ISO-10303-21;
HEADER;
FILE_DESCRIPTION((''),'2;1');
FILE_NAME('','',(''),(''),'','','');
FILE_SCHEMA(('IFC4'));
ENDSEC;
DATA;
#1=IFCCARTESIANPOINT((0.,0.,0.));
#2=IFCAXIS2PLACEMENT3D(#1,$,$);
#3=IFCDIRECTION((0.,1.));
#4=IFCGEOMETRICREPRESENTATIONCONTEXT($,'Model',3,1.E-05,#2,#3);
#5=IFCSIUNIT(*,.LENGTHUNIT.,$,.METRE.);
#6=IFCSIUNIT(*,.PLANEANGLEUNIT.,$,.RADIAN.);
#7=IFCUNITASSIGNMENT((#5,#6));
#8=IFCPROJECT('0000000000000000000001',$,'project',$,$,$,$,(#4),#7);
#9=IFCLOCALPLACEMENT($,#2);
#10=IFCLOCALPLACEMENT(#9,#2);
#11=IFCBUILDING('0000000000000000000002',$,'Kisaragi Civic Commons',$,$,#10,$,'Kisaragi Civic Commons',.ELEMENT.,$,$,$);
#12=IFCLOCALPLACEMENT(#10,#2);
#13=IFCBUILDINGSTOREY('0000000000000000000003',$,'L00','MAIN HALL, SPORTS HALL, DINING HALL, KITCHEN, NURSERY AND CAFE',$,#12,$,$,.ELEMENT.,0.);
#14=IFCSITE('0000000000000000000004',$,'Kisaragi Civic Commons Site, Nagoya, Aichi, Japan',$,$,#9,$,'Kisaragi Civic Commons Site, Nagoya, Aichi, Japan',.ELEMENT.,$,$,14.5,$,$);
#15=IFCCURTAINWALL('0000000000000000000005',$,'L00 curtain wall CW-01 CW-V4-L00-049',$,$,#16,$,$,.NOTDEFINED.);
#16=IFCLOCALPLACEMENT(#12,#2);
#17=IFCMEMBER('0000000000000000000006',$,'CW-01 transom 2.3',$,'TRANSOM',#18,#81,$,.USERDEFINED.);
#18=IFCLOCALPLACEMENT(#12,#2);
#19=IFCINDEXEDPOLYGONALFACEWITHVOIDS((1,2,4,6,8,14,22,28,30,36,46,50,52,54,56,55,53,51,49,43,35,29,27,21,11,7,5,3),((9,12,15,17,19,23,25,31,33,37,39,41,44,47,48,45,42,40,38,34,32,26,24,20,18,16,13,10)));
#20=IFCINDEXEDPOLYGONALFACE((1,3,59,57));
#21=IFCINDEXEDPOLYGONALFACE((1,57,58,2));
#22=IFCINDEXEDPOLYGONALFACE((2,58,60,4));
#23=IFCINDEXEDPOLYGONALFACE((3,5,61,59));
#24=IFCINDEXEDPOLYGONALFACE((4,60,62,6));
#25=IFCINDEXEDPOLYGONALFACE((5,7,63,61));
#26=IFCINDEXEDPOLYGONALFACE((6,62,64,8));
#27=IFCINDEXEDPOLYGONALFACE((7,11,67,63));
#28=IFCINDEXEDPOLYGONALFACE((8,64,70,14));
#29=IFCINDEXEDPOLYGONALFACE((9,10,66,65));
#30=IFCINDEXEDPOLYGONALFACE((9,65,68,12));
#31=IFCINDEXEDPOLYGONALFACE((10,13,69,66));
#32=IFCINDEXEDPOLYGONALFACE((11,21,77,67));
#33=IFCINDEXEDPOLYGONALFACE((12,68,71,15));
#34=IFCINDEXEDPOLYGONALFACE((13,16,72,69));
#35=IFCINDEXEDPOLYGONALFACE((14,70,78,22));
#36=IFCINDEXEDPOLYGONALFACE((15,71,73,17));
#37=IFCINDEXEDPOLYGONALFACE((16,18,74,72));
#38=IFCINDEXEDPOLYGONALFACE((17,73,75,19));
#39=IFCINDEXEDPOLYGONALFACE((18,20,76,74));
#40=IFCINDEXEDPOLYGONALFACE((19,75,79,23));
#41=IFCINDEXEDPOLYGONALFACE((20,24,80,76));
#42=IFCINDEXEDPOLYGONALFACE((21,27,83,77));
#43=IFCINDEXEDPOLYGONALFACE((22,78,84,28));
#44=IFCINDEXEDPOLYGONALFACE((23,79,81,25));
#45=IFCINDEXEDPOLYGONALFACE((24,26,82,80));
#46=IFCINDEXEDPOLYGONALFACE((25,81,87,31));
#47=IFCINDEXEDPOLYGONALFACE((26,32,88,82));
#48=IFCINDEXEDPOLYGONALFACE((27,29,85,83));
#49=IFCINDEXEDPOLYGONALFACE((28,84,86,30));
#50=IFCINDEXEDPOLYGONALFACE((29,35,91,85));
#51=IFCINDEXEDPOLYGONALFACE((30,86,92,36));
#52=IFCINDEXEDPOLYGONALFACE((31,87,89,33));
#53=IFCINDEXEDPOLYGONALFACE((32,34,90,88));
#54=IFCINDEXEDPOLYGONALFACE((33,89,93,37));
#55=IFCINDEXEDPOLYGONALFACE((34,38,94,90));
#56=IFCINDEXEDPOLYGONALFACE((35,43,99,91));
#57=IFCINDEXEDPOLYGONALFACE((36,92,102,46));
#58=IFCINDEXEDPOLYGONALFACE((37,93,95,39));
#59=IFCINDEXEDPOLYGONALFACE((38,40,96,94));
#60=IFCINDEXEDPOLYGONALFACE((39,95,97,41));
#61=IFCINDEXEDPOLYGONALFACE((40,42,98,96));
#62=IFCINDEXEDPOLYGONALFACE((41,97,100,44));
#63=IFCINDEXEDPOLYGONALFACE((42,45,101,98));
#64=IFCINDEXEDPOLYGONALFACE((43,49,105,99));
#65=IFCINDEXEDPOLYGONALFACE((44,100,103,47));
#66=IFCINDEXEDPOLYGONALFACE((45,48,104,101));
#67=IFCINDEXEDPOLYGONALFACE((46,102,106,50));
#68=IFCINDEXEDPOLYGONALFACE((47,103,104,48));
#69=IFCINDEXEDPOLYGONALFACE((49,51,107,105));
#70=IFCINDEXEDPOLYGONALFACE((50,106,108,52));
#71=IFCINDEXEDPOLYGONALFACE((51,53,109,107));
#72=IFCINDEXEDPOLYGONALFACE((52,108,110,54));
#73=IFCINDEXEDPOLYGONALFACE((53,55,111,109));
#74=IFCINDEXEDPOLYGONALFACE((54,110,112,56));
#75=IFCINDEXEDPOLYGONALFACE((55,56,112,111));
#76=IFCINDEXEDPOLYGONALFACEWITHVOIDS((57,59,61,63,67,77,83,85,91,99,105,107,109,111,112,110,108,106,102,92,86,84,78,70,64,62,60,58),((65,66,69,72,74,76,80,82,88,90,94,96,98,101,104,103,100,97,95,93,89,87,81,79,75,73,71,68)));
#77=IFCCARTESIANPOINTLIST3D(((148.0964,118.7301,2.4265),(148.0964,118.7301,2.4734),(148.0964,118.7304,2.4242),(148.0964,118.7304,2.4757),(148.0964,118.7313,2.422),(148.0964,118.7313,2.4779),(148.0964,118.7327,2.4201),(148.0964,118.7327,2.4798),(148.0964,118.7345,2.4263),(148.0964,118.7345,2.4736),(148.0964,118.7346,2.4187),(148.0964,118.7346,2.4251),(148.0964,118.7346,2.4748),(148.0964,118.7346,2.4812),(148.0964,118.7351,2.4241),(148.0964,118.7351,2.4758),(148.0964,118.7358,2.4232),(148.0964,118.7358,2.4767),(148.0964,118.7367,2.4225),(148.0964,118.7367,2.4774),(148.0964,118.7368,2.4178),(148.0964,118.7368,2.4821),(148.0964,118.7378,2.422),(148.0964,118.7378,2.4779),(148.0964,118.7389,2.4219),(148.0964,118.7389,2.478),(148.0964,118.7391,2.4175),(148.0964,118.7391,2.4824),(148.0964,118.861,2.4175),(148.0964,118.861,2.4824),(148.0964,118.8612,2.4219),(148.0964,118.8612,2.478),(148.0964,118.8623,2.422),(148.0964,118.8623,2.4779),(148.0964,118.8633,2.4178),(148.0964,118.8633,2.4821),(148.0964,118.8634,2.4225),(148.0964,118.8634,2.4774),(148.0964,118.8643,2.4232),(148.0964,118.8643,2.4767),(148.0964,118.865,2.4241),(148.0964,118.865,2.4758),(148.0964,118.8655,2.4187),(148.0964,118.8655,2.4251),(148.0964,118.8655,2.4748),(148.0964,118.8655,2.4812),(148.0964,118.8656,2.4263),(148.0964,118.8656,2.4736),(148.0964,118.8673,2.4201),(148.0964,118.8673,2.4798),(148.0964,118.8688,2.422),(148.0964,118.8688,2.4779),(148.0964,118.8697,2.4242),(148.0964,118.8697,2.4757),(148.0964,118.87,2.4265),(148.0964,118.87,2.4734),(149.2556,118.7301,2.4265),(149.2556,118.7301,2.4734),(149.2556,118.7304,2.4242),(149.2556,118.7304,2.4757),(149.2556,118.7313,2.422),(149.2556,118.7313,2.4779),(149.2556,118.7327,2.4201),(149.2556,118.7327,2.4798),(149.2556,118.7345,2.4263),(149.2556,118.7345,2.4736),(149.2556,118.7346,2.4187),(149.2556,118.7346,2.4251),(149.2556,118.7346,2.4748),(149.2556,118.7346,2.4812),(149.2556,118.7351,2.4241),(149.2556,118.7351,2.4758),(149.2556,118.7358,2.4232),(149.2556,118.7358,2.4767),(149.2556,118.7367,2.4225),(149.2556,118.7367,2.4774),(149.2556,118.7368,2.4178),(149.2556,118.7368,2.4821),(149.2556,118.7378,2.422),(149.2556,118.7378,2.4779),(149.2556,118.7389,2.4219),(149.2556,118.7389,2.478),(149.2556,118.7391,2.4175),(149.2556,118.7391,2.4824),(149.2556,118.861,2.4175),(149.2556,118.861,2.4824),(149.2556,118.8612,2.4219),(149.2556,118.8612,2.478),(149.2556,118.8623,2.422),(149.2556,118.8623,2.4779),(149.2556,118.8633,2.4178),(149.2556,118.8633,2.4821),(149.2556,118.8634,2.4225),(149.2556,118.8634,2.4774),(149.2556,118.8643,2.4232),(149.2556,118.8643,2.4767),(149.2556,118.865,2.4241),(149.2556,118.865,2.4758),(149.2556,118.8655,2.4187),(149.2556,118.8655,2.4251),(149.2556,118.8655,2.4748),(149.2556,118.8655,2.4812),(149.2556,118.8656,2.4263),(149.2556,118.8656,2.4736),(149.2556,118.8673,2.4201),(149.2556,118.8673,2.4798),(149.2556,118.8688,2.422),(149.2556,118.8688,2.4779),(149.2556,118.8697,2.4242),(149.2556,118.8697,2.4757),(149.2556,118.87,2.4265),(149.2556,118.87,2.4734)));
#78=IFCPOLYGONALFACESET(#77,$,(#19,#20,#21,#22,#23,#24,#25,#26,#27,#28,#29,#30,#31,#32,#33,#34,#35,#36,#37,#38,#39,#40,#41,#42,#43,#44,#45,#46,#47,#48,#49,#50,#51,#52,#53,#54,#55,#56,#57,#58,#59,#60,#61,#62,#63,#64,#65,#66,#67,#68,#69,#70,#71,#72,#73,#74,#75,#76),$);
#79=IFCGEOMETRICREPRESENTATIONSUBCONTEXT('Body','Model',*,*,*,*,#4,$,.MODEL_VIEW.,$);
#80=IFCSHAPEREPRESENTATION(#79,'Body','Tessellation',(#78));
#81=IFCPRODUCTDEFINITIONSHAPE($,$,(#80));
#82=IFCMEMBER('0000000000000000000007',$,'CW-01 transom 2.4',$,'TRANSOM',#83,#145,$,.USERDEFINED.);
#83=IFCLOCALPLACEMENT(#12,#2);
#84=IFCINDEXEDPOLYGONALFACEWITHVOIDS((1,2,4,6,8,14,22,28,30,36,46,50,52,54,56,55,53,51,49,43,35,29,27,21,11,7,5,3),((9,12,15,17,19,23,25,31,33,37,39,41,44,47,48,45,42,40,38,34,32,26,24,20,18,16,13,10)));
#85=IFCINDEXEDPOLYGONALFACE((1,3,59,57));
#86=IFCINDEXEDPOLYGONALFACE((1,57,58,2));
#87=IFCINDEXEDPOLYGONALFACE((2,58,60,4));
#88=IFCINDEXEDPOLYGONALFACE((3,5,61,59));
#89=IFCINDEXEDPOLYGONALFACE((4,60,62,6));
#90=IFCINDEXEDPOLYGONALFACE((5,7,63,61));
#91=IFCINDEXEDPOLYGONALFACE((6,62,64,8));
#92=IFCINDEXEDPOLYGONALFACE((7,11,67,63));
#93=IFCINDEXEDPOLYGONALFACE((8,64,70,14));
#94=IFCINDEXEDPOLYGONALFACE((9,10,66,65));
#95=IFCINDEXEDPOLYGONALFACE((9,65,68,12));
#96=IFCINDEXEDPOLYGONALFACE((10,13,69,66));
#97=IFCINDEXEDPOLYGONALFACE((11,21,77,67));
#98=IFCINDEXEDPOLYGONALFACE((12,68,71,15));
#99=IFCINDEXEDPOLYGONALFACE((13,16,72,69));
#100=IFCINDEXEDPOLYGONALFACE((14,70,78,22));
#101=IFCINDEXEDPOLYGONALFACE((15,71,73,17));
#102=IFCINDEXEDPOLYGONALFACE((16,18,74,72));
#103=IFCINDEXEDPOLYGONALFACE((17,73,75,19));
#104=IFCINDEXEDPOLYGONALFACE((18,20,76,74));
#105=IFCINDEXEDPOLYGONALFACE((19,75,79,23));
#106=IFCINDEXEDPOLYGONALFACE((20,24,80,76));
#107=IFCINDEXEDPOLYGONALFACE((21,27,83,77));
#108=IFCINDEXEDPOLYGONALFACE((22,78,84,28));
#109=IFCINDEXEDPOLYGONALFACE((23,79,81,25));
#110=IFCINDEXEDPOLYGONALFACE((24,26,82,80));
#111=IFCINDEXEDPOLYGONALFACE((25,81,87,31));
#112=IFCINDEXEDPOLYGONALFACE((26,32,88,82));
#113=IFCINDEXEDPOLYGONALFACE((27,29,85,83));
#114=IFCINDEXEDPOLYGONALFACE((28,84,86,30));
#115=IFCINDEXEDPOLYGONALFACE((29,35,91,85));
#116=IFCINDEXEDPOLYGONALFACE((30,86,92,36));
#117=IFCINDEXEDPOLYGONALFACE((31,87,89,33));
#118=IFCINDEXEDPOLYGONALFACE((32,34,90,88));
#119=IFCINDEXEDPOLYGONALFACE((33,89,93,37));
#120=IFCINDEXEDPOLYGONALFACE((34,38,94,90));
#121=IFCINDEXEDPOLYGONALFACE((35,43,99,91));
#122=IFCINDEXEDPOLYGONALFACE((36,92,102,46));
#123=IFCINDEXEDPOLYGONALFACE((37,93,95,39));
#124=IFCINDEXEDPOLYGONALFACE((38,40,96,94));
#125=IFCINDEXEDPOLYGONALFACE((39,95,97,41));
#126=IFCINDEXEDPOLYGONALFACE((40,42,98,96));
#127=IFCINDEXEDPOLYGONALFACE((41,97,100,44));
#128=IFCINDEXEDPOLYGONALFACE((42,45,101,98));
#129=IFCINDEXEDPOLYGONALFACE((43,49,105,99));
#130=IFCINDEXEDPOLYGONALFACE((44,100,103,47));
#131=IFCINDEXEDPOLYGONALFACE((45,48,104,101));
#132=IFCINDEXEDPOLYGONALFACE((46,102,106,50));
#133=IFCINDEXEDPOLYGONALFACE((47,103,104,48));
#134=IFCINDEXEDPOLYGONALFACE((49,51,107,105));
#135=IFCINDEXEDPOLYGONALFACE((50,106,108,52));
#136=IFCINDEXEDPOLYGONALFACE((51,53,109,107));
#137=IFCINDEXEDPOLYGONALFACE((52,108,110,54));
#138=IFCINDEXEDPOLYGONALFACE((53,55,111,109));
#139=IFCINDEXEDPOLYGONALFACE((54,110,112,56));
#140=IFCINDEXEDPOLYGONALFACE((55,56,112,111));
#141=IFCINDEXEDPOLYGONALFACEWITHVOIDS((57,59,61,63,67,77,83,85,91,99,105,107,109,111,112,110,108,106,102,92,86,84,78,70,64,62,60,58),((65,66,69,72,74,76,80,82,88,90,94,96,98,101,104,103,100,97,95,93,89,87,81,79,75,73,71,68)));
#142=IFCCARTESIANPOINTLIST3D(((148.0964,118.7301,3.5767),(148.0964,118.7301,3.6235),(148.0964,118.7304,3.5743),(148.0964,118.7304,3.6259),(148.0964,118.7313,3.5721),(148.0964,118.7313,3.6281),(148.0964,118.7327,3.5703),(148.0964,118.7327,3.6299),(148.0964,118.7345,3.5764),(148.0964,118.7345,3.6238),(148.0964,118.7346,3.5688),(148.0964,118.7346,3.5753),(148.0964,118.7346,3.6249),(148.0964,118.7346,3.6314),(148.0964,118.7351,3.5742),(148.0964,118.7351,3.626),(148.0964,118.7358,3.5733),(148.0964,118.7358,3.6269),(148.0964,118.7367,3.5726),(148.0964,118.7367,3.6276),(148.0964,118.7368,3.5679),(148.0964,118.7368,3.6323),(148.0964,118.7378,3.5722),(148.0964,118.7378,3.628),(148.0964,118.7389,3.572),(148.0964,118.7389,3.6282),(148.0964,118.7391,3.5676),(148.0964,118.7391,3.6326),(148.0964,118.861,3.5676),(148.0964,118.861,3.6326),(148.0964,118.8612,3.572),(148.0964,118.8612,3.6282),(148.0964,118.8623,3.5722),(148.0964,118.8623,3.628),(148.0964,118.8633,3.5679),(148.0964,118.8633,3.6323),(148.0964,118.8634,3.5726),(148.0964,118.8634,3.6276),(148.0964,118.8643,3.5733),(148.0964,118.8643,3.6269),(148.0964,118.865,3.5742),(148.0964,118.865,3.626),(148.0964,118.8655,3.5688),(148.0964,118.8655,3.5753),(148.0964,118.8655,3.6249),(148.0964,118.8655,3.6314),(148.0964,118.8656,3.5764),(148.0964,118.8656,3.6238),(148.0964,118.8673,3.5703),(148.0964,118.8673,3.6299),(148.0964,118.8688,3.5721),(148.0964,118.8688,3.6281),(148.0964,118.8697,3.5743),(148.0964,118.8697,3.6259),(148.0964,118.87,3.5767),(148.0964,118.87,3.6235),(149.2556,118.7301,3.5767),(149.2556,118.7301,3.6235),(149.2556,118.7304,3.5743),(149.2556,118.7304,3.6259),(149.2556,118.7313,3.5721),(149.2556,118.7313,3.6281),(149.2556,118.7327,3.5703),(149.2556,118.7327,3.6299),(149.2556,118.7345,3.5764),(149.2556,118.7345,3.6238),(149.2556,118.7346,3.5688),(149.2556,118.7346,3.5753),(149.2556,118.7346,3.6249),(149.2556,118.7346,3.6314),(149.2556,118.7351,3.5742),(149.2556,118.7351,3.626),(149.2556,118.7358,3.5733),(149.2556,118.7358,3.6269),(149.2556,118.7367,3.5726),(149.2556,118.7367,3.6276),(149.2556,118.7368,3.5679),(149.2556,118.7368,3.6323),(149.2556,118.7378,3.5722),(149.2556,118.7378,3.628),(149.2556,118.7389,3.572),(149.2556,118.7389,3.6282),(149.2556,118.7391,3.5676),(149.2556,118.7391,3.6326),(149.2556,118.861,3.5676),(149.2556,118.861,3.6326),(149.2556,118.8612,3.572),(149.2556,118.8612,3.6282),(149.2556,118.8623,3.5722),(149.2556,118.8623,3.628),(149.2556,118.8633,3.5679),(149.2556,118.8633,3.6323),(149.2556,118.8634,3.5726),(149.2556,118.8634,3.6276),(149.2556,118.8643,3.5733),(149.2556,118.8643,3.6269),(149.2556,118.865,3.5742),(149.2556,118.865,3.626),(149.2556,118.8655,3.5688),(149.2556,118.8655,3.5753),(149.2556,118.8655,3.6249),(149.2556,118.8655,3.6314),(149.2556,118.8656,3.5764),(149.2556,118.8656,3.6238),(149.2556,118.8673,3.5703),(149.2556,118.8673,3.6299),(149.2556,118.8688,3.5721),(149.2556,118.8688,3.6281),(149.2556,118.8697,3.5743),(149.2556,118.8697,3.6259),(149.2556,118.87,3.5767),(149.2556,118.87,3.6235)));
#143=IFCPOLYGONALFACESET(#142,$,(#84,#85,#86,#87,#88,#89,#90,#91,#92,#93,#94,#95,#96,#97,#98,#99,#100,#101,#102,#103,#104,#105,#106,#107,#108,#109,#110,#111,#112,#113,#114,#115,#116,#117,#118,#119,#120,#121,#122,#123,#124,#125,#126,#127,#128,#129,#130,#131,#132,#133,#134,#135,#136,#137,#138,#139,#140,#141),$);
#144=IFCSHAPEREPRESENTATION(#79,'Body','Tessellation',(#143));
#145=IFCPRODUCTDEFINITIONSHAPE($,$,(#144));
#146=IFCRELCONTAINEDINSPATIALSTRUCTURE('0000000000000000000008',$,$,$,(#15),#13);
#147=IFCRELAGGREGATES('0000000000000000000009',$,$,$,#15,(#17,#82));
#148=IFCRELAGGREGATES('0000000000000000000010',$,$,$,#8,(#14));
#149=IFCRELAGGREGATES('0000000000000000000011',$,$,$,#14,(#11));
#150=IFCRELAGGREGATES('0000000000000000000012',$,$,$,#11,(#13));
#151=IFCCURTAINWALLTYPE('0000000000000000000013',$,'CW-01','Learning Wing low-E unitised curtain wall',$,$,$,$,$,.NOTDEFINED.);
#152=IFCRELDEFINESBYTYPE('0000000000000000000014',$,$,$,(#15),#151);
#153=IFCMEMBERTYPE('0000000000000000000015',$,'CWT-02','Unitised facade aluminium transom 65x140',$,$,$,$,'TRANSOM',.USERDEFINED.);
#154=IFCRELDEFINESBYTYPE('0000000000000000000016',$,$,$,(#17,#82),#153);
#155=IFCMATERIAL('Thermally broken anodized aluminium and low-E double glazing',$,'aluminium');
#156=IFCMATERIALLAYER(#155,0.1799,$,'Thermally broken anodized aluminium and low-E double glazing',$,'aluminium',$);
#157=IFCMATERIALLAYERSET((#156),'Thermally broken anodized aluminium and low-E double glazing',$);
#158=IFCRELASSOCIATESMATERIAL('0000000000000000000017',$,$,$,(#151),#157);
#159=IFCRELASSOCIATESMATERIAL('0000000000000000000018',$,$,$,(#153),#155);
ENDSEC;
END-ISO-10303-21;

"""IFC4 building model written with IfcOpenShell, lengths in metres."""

from ifc_helpers import new_model, si_unit, direction, frame, origin, origin_2d, place, context, subcontext, project, spatial, hollow_rectangle, extrude, material, layer, layer_set, material_profile, profile_set, type_object, element, aggregate, save


model = new_model("IFC4")

# Units and contexts
model_context = context("Model", 3, precision=1e-05, world=origin(), true_north=direction((0.0, 1.0)))
body_context = subcontext(model_context, "Body", "Model", "MODEL_VIEW")
ifc_project = project(units=[si_unit("LENGTHUNIT", "METRE"), si_unit("PLANEANGLEUNIT", "RADIAN")], contexts=[model_context])

# Site, building, storey
site_placement = place(None, origin())
site = spatial("IfcSite", under=ifc_project, at=site_placement, Name="Kisaragi Civic Commons Site, Nagoya, Aichi, Japan", LongName="Kisaragi Civic Commons Site, Nagoya, Aichi, Japan", CompositionType="ELEMENT", RefElevation=14.5)
building_placement = place(site_placement, origin())
building = spatial("IfcBuilding", under=site, at=building_placement, Name="Kisaragi Civic Commons", LongName="Kisaragi Civic Commons", CompositionType="ELEMENT")
storey_placement = place(building_placement, origin())
storey = spatial("IfcBuildingStorey", under=building, at=storey_placement, Name="L00", Description="MAIN HALL, SPORTS HALL, DINING HALL, KITCHEN, NURSERY AND CAFE", CompositionType="ELEMENT", Elevation=0.0)

# Curtain wall, members
ifc_material_1 = material(Name="Thermally broken anodized aluminium and low-E double glazing", Category="aluminium")
ifc_layer_1 = layer(ifc_material_1, 0.1799, Name="Thermally broken anodized aluminium and low-E double glazing", Category="aluminium")
ifc_layer_set_1 = layer_set([ifc_layer_1], Name="Thermally broken anodized aluminium and low-E double glazing")
curtain_wall_type = type_object("IfcCurtainWallType", Name="CW-01", Description="Learning Wing low-E unitised curtain wall", PredefinedType="NOTDEFINED", material=ifc_layer_set_1)
curtain_wall_placement = place(storey_placement, origin())
curtain_wall = element("IfcCurtainWall", 1, at=curtain_wall_placement, inside=storey, type_object=curtain_wall_type, Name="L00 curtain wall CW-01 CW-V4-L00-049", PredefinedType="NOTDEFINED")
ifc_material_profile_1 = material_profile(ifc_material_1, hollow_rectangle(XDim=0.1399, YDim=0.0649, WallThickness=0.0044, InnerFilletRadius=0.0044, OuterFilletRadius=0.009, at=origin_2d()), Name="CWT-65x140x4.5", Category="aluminium")
ifc_profile_set_1 = profile_set([ifc_material_profile_1], Name="Thermally broken anodized aluminium and low-E double glazing")
member_type_1 = type_object("IfcMemberType", Name="CWT-02", Description="Unitised facade aluminium transom 65x140", ElementType="TRANSOM", PredefinedType="USERDEFINED", material=ifc_profile_set_1)
member_1_placement = place(storey_placement, frame((148.0964, 118.8, 2.45), z_axis=(1.0, 0.0, 0.0), x_axis=(0.0, 1.0, 0.0)))
member_1 = element("IfcMember", 2, at=member_1_placement, type_object=member_type_1, Name="CW-01 transom 2.3", ObjectType="TRANSOM", PredefinedType="USERDEFINED", context=body_context, shape_type="SweptSolid", body=[
    extrude(hollow_rectangle(XDim=0.1399, YDim=0.0649, WallThickness=0.0044, InnerFilletRadius=0.0044, OuterFilletRadius=0.009, at=origin_2d()), origin(), (0.0, 0.0, 1.0), 1.1592),
])
member_2_placement = place(storey_placement, frame((148.0964, 118.8, 3.6001), z_axis=(1.0, 0.0, 0.0), x_axis=(0.0, 1.0, 0.0)))
member_2 = element("IfcMember", 3, at=member_2_placement, type_object=member_type_1, Name="CW-01 transom 2.4", ObjectType="TRANSOM", PredefinedType="USERDEFINED", context=body_context, shape_type="SweptSolid", body=[
    extrude(hollow_rectangle(XDim=0.1399, YDim=0.0649, WallThickness=0.0044, InnerFilletRadius=0.0044, OuterFilletRadius=0.009, at=origin_2d()), origin(), (0.0, 0.0, 1.0), 1.1592),
])
aggregate(curtain_wall, [member_1, member_2])

save(model, "model.ifc")
